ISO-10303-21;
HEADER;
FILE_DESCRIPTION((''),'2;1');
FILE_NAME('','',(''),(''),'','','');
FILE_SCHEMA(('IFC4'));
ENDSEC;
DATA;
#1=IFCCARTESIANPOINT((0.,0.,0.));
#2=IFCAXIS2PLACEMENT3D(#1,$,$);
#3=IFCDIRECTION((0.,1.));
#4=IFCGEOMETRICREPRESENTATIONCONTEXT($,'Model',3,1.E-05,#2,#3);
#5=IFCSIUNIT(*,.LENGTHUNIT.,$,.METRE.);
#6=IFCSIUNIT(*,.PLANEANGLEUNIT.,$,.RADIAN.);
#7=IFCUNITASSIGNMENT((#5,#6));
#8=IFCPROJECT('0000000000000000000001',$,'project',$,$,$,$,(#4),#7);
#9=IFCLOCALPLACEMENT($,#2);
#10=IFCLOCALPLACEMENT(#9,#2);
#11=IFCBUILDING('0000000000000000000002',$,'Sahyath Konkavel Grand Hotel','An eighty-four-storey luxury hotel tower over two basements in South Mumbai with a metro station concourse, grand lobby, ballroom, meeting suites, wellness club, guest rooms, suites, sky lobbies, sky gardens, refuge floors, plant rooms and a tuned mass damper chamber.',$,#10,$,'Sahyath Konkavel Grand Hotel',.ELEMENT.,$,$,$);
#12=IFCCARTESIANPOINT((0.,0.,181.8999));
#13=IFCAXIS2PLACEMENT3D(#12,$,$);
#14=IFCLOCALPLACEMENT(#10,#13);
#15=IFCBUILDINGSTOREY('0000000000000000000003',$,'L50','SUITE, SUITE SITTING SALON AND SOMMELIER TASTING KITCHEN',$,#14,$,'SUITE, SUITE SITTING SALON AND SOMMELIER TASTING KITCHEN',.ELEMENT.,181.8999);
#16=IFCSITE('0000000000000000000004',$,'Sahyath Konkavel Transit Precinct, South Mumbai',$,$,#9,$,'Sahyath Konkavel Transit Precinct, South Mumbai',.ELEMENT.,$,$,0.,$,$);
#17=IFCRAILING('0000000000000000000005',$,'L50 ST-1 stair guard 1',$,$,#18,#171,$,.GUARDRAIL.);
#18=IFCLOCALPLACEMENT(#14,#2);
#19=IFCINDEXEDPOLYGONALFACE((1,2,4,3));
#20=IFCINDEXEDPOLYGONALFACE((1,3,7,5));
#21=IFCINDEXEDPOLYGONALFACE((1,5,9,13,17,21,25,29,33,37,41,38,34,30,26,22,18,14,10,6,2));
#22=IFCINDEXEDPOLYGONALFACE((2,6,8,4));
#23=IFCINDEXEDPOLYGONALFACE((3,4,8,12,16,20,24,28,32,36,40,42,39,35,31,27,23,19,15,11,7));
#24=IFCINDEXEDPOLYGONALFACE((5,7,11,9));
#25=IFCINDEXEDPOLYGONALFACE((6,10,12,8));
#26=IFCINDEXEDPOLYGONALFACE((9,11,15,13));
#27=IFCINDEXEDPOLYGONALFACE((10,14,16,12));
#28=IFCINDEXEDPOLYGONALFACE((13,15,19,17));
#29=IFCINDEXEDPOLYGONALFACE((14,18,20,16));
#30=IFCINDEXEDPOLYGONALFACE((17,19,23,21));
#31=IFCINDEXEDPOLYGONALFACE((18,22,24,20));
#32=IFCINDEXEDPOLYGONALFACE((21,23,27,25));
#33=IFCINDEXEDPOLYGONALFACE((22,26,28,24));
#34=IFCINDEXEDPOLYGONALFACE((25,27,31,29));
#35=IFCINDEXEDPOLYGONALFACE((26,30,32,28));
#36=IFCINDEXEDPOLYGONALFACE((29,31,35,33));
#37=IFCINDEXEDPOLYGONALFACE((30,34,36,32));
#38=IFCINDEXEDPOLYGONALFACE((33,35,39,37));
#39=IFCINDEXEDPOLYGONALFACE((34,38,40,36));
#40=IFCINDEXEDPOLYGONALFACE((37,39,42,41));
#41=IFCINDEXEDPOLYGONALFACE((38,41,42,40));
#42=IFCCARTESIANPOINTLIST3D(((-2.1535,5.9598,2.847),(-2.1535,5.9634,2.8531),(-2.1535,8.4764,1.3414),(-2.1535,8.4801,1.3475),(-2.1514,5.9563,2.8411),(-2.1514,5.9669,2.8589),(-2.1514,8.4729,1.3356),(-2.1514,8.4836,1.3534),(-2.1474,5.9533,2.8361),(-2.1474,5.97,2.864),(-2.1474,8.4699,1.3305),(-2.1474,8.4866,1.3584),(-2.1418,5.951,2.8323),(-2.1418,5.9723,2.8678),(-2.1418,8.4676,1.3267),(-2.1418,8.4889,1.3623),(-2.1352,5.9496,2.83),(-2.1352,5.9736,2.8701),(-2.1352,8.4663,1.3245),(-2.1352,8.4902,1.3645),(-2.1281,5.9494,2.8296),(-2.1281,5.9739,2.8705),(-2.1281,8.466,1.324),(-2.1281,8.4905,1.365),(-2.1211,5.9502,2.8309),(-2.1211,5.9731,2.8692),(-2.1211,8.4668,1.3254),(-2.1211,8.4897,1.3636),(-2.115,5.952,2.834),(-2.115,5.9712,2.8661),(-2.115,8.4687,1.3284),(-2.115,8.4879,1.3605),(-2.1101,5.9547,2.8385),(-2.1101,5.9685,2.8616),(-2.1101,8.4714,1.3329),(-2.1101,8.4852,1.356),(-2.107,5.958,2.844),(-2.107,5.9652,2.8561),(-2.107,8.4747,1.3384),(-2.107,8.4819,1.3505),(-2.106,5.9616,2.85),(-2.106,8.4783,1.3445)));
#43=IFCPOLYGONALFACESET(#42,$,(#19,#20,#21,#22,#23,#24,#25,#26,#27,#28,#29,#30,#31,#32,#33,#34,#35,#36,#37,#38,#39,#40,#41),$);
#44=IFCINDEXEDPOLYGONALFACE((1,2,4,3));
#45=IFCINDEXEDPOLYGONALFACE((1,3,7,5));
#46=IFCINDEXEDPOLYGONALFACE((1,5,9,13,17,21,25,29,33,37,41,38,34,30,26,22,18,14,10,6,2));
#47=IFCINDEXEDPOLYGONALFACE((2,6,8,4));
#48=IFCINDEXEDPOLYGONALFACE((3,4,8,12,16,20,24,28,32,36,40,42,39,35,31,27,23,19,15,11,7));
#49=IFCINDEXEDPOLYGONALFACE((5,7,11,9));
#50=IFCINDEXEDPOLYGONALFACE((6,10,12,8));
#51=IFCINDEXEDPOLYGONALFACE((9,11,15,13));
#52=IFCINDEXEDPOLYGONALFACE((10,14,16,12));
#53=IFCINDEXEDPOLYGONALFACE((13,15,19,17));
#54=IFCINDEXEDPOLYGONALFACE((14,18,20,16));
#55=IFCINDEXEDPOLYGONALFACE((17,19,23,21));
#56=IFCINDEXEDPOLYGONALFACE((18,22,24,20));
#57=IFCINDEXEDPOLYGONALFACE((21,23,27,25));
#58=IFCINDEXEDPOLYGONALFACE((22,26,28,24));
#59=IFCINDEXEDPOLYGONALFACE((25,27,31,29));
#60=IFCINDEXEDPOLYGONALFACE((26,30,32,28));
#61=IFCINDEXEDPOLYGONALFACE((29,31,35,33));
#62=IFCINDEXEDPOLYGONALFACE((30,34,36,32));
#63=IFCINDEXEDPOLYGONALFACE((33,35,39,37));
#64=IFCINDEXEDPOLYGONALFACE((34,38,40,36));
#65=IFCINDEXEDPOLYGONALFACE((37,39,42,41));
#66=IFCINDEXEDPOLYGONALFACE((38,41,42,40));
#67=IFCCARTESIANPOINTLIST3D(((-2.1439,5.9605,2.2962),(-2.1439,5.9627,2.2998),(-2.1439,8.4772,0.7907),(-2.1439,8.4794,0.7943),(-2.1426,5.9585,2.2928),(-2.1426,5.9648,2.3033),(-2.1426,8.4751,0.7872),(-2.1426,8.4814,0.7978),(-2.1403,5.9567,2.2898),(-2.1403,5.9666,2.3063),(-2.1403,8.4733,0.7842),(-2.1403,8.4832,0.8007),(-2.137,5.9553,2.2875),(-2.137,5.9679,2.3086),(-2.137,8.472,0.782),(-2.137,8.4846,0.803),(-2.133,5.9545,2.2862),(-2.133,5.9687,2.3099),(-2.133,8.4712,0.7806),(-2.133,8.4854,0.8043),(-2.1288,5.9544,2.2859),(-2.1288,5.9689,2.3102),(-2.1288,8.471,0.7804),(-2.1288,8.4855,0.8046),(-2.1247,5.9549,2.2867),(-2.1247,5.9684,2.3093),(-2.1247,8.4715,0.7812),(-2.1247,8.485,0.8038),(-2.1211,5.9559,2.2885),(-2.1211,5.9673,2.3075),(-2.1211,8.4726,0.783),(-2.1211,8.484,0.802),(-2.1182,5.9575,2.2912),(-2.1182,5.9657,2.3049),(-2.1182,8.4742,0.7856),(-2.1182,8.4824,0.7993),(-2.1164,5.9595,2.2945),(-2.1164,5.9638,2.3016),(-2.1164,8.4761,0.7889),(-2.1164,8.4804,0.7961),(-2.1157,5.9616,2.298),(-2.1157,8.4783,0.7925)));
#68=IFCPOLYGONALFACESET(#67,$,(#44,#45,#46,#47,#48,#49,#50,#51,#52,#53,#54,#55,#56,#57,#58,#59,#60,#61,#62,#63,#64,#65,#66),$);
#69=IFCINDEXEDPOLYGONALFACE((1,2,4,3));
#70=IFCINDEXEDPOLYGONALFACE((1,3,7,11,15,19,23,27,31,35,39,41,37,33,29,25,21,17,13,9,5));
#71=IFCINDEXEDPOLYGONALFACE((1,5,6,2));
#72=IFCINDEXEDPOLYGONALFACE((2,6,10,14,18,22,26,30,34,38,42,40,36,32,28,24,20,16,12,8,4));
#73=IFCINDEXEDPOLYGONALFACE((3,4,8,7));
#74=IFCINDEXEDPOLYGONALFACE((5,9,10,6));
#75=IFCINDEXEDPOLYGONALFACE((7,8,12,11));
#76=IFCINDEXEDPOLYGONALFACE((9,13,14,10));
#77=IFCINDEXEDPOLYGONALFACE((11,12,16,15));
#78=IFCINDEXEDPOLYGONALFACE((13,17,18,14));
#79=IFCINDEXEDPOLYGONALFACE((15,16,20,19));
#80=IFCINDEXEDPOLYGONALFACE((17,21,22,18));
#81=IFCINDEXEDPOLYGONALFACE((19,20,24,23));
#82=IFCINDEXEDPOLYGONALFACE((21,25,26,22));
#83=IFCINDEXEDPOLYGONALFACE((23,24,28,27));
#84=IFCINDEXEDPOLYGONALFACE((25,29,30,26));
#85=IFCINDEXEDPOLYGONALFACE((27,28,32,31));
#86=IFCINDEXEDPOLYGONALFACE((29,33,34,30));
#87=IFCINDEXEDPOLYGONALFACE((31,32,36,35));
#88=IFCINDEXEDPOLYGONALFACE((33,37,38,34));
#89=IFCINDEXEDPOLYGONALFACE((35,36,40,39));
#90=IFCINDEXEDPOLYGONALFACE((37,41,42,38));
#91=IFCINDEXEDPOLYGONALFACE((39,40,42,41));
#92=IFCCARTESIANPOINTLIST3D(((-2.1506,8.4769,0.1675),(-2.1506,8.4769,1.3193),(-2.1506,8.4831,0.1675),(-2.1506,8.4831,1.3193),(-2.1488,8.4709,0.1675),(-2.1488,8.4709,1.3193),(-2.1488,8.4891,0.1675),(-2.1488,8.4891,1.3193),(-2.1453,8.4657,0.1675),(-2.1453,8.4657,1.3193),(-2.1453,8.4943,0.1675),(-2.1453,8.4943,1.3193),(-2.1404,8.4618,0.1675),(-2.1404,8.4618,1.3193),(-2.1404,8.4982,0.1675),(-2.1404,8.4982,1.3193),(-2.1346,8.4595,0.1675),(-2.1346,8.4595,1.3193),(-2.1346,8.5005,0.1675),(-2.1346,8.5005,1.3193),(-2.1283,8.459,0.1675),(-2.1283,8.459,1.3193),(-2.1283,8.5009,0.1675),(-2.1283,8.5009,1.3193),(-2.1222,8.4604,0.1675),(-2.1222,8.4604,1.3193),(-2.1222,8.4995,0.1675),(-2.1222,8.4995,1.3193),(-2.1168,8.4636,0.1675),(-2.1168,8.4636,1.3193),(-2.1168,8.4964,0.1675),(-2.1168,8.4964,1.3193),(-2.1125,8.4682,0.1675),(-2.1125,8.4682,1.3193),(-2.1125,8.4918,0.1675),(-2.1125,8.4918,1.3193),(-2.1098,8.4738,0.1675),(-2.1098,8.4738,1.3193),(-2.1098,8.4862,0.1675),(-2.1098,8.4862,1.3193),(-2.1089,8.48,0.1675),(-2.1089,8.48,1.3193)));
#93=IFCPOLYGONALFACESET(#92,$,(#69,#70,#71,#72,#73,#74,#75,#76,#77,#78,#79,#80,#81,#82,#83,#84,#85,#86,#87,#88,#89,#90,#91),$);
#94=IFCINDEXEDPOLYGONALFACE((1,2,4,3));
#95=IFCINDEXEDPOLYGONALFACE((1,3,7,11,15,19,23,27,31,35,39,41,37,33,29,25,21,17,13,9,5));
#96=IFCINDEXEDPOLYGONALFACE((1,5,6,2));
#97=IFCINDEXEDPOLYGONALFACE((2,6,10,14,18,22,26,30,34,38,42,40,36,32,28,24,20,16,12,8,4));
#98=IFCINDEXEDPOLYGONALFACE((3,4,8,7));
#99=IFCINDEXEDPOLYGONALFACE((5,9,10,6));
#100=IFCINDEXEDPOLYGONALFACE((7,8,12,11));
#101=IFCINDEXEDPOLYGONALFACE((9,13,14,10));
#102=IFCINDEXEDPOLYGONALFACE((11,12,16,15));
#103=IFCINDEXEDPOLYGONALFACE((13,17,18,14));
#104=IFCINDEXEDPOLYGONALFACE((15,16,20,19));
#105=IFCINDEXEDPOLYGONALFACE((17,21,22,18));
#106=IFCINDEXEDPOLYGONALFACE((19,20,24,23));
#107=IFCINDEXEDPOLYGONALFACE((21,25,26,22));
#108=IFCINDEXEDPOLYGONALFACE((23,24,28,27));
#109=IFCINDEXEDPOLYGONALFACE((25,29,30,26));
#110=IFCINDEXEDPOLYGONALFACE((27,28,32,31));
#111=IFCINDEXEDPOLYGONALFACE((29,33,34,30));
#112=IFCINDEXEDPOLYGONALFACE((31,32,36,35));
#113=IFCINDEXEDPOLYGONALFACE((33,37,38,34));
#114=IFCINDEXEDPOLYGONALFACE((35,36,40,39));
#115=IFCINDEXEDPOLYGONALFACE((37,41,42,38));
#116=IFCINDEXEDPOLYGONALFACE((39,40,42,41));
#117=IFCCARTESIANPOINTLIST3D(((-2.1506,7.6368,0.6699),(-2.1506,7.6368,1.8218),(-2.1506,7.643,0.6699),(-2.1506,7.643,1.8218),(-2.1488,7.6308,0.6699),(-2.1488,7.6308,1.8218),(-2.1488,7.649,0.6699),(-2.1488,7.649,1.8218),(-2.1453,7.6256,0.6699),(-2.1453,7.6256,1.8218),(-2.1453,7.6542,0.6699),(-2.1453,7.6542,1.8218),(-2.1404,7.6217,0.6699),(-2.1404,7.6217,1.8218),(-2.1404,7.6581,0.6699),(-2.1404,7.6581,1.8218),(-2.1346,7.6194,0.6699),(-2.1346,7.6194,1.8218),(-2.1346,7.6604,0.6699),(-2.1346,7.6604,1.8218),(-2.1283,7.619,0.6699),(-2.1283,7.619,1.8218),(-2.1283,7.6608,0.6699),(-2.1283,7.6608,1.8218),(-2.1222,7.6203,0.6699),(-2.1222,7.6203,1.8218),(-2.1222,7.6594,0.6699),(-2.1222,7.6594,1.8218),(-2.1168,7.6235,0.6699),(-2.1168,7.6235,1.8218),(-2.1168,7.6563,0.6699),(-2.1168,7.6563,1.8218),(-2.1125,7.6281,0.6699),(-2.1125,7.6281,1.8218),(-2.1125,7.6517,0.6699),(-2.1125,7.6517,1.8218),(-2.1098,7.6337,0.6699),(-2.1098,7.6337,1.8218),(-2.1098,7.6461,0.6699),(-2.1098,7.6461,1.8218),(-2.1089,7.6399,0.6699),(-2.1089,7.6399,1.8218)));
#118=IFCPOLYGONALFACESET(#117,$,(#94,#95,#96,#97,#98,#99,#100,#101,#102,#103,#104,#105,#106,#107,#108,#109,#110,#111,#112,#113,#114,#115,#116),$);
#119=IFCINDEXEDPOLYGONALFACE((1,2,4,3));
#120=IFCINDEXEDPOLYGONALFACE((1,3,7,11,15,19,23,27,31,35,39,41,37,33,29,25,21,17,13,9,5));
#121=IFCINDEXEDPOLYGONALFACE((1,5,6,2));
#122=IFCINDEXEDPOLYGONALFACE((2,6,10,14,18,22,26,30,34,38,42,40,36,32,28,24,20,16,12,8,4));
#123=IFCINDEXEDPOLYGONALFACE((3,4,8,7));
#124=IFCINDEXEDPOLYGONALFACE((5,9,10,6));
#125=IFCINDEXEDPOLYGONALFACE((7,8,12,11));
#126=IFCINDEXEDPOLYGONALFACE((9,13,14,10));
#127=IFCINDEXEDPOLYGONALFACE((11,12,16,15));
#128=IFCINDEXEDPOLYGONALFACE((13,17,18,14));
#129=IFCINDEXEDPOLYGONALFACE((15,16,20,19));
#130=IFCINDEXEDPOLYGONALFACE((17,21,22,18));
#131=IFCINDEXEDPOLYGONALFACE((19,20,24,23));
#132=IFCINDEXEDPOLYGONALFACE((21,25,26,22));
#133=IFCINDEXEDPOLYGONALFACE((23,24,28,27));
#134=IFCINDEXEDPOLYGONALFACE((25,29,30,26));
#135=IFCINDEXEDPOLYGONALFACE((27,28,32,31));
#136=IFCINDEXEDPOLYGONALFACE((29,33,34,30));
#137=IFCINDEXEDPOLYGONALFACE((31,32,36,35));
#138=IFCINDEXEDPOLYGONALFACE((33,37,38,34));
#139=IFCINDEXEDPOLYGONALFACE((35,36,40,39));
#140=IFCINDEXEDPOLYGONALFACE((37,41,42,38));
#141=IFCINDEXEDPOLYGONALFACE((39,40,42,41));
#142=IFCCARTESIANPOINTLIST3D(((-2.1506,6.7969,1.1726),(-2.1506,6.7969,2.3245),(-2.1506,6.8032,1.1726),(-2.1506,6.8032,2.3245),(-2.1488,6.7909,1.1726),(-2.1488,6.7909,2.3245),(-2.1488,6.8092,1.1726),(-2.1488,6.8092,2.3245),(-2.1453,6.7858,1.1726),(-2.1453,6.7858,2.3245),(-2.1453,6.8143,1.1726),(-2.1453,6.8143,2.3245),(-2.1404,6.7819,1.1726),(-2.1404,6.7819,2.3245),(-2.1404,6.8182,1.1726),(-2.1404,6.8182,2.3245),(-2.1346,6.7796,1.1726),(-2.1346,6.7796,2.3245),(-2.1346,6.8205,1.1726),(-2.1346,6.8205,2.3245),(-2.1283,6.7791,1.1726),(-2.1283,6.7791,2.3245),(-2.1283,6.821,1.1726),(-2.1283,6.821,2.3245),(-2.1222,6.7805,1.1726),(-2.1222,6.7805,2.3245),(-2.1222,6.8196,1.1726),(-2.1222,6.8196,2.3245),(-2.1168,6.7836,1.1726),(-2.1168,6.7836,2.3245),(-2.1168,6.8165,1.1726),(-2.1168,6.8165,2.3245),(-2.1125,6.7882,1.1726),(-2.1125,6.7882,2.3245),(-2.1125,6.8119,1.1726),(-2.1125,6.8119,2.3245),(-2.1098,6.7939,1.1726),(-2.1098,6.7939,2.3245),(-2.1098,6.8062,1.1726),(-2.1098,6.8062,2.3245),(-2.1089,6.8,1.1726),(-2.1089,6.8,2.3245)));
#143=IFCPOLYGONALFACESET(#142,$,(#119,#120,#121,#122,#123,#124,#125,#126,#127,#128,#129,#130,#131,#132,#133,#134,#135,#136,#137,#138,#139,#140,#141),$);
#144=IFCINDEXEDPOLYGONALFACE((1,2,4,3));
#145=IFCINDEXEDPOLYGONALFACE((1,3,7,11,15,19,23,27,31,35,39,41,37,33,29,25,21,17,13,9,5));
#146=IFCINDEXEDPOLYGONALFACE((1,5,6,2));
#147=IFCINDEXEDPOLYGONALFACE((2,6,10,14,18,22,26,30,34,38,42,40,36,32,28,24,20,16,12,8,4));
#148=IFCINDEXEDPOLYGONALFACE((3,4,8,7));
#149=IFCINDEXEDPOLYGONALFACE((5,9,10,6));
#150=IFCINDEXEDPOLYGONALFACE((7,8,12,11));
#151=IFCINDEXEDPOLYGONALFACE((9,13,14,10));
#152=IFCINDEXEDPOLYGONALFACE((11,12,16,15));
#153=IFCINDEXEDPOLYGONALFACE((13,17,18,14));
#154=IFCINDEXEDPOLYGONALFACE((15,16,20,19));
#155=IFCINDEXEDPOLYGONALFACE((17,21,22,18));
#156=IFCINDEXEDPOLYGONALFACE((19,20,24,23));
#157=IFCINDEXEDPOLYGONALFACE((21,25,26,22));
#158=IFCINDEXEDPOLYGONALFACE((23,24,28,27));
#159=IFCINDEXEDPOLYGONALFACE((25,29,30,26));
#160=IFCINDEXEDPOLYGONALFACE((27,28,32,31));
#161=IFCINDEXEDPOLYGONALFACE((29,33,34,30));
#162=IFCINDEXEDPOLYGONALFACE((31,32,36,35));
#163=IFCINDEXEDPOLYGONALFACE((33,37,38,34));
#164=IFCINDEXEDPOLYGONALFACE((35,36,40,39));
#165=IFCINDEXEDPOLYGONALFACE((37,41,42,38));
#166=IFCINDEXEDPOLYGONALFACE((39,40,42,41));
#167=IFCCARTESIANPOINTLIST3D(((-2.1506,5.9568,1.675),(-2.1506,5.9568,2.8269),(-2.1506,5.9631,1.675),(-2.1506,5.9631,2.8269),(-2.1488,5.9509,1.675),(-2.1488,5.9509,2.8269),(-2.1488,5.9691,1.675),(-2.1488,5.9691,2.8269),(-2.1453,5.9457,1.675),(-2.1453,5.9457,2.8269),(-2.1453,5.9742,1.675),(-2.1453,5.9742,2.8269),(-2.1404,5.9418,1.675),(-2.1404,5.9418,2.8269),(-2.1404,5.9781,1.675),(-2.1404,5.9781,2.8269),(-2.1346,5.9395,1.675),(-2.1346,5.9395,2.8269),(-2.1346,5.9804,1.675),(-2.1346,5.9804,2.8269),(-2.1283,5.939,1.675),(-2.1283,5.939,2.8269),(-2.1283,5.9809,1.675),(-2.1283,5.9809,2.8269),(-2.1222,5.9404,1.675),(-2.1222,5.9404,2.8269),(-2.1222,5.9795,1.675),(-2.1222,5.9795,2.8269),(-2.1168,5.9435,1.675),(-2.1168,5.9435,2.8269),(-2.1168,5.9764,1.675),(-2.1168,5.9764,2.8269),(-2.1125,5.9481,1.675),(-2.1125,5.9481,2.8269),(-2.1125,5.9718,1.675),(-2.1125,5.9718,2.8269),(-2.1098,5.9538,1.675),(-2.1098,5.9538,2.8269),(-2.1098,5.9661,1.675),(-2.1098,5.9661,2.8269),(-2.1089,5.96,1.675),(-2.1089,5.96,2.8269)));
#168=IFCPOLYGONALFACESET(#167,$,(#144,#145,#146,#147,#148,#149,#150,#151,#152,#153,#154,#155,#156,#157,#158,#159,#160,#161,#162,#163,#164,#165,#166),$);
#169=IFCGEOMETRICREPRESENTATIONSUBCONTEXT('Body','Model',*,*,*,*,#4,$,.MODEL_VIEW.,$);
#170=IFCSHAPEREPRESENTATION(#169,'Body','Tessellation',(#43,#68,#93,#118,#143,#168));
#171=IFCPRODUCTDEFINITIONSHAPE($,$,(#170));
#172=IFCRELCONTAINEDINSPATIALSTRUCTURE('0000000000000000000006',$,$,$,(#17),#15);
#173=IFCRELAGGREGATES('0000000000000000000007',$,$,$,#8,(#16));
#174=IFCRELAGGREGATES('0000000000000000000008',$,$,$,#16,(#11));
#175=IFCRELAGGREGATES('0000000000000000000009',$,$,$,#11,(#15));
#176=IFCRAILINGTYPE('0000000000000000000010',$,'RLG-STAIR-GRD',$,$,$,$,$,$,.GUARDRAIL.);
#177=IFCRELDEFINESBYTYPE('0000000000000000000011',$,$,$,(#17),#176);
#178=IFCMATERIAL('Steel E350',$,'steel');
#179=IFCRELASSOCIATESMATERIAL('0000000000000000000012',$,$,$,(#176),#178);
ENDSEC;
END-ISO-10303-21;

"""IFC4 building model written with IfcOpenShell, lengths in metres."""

from ifc_helpers import new_model, si_unit, direction, frame, origin, origin_2d, place, context, subcontext, project, spatial, circle, extrude, material, type_object, element, save


model = new_model("IFC4")

# Units and contexts
model_context = context("Model", 3, precision=1e-05, world=origin(), true_north=direction((0.0, 1.0)))
body_context = subcontext(model_context, "Body", "Model", "MODEL_VIEW")
ifc_project = project(units=[si_unit("LENGTHUNIT", "METRE"), si_unit("PLANEANGLEUNIT", "RADIAN")], contexts=[model_context])

# Site, building, storey
site_placement = place(None, origin())
site = spatial("IfcSite", under=ifc_project, at=site_placement, Name="Sahyath Konkavel Transit Precinct, South Mumbai", LongName="Sahyath Konkavel Transit Precinct, South Mumbai", CompositionType="ELEMENT", RefElevation=0.0)
building_placement = place(site_placement, origin())
building = spatial("IfcBuilding", under=site, at=building_placement, Name="Sahyath Konkavel Grand Hotel", Description="An eighty-four-storey luxury hotel tower over two basements in South Mumbai with a metro station concourse, grand lobby, ballroom, meeting suites, wellness club, guest rooms, suites, sky lobbies, sky gardens, refuge floors, plant rooms and a tuned mass damper chamber.", LongName="Sahyath Konkavel Grand Hotel", CompositionType="ELEMENT")
storey_placement = place(building_placement, frame((0.0, 0.0, 181.8999)))
storey = spatial("IfcBuildingStorey", under=building, at=storey_placement, Name="L50", Description="SUITE, SUITE SITTING SALON AND SOMMELIER TASTING KITCHEN", LongName="SUITE, SUITE SITTING SALON AND SOMMELIER TASTING KITCHEN", CompositionType="ELEMENT", Elevation=181.8999)

# Shared definitions
ifc_material_1 = material(Name="Steel E350", Category="steel")

# Railing
railing_type_1 = type_object("IfcRailingType", Name="RLG-STAIR-GRD", PredefinedType="GUARDRAIL", material=ifc_material_1)
railing_1_placement = place(storey_placement, frame((-2.1299, 8.48, 0.1675)))
element("IfcRailing", 1, at=railing_1_placement, inside=storey, type_object=railing_type_1, Name="L50 ST-1 stair guard 1", PredefinedType="GUARDRAIL", context=body_context, shape_type="SweptSolid", body=[
    extrude(circle(Radius=0.0239, at=origin_2d()), frame((0.0, -0.0017, 1.177), z_axis=(0.0, -0.85816, 0.513383), x_axis=(1.0, 0.0, 0.0)), (0.0, 0.0, 1.0), 2.9326),
    extrude(circle(Radius=0.0142, at=origin_2d()), frame((0.0, -0.0017, 0.625), z_axis=(0.0, -0.85816, 0.513383), x_axis=(1.0, 0.0, 0.0)), (0.0, 0.0, 1.0), 2.9326),
    extrude(circle(Radius=0.021, at=origin_2d()), origin(), (0.0, 0.0, 1.0), 1.1519),
    extrude(circle(Radius=0.021, at=origin_2d()), frame((0.0, -0.8401, 0.5024)), (0.0, 0.0, 1.0), 1.1519),
    extrude(circle(Radius=0.021, at=origin_2d()), frame((0.0, -1.6799, 1.0051)), (0.0, 0.0, 1.0), 1.1519),
    extrude(circle(Radius=0.021, at=origin_2d()), frame((0.0, -2.52, 1.5076)), (0.0, 0.0, 1.0), 1.1519),
])

save(model, "model.ifc")
